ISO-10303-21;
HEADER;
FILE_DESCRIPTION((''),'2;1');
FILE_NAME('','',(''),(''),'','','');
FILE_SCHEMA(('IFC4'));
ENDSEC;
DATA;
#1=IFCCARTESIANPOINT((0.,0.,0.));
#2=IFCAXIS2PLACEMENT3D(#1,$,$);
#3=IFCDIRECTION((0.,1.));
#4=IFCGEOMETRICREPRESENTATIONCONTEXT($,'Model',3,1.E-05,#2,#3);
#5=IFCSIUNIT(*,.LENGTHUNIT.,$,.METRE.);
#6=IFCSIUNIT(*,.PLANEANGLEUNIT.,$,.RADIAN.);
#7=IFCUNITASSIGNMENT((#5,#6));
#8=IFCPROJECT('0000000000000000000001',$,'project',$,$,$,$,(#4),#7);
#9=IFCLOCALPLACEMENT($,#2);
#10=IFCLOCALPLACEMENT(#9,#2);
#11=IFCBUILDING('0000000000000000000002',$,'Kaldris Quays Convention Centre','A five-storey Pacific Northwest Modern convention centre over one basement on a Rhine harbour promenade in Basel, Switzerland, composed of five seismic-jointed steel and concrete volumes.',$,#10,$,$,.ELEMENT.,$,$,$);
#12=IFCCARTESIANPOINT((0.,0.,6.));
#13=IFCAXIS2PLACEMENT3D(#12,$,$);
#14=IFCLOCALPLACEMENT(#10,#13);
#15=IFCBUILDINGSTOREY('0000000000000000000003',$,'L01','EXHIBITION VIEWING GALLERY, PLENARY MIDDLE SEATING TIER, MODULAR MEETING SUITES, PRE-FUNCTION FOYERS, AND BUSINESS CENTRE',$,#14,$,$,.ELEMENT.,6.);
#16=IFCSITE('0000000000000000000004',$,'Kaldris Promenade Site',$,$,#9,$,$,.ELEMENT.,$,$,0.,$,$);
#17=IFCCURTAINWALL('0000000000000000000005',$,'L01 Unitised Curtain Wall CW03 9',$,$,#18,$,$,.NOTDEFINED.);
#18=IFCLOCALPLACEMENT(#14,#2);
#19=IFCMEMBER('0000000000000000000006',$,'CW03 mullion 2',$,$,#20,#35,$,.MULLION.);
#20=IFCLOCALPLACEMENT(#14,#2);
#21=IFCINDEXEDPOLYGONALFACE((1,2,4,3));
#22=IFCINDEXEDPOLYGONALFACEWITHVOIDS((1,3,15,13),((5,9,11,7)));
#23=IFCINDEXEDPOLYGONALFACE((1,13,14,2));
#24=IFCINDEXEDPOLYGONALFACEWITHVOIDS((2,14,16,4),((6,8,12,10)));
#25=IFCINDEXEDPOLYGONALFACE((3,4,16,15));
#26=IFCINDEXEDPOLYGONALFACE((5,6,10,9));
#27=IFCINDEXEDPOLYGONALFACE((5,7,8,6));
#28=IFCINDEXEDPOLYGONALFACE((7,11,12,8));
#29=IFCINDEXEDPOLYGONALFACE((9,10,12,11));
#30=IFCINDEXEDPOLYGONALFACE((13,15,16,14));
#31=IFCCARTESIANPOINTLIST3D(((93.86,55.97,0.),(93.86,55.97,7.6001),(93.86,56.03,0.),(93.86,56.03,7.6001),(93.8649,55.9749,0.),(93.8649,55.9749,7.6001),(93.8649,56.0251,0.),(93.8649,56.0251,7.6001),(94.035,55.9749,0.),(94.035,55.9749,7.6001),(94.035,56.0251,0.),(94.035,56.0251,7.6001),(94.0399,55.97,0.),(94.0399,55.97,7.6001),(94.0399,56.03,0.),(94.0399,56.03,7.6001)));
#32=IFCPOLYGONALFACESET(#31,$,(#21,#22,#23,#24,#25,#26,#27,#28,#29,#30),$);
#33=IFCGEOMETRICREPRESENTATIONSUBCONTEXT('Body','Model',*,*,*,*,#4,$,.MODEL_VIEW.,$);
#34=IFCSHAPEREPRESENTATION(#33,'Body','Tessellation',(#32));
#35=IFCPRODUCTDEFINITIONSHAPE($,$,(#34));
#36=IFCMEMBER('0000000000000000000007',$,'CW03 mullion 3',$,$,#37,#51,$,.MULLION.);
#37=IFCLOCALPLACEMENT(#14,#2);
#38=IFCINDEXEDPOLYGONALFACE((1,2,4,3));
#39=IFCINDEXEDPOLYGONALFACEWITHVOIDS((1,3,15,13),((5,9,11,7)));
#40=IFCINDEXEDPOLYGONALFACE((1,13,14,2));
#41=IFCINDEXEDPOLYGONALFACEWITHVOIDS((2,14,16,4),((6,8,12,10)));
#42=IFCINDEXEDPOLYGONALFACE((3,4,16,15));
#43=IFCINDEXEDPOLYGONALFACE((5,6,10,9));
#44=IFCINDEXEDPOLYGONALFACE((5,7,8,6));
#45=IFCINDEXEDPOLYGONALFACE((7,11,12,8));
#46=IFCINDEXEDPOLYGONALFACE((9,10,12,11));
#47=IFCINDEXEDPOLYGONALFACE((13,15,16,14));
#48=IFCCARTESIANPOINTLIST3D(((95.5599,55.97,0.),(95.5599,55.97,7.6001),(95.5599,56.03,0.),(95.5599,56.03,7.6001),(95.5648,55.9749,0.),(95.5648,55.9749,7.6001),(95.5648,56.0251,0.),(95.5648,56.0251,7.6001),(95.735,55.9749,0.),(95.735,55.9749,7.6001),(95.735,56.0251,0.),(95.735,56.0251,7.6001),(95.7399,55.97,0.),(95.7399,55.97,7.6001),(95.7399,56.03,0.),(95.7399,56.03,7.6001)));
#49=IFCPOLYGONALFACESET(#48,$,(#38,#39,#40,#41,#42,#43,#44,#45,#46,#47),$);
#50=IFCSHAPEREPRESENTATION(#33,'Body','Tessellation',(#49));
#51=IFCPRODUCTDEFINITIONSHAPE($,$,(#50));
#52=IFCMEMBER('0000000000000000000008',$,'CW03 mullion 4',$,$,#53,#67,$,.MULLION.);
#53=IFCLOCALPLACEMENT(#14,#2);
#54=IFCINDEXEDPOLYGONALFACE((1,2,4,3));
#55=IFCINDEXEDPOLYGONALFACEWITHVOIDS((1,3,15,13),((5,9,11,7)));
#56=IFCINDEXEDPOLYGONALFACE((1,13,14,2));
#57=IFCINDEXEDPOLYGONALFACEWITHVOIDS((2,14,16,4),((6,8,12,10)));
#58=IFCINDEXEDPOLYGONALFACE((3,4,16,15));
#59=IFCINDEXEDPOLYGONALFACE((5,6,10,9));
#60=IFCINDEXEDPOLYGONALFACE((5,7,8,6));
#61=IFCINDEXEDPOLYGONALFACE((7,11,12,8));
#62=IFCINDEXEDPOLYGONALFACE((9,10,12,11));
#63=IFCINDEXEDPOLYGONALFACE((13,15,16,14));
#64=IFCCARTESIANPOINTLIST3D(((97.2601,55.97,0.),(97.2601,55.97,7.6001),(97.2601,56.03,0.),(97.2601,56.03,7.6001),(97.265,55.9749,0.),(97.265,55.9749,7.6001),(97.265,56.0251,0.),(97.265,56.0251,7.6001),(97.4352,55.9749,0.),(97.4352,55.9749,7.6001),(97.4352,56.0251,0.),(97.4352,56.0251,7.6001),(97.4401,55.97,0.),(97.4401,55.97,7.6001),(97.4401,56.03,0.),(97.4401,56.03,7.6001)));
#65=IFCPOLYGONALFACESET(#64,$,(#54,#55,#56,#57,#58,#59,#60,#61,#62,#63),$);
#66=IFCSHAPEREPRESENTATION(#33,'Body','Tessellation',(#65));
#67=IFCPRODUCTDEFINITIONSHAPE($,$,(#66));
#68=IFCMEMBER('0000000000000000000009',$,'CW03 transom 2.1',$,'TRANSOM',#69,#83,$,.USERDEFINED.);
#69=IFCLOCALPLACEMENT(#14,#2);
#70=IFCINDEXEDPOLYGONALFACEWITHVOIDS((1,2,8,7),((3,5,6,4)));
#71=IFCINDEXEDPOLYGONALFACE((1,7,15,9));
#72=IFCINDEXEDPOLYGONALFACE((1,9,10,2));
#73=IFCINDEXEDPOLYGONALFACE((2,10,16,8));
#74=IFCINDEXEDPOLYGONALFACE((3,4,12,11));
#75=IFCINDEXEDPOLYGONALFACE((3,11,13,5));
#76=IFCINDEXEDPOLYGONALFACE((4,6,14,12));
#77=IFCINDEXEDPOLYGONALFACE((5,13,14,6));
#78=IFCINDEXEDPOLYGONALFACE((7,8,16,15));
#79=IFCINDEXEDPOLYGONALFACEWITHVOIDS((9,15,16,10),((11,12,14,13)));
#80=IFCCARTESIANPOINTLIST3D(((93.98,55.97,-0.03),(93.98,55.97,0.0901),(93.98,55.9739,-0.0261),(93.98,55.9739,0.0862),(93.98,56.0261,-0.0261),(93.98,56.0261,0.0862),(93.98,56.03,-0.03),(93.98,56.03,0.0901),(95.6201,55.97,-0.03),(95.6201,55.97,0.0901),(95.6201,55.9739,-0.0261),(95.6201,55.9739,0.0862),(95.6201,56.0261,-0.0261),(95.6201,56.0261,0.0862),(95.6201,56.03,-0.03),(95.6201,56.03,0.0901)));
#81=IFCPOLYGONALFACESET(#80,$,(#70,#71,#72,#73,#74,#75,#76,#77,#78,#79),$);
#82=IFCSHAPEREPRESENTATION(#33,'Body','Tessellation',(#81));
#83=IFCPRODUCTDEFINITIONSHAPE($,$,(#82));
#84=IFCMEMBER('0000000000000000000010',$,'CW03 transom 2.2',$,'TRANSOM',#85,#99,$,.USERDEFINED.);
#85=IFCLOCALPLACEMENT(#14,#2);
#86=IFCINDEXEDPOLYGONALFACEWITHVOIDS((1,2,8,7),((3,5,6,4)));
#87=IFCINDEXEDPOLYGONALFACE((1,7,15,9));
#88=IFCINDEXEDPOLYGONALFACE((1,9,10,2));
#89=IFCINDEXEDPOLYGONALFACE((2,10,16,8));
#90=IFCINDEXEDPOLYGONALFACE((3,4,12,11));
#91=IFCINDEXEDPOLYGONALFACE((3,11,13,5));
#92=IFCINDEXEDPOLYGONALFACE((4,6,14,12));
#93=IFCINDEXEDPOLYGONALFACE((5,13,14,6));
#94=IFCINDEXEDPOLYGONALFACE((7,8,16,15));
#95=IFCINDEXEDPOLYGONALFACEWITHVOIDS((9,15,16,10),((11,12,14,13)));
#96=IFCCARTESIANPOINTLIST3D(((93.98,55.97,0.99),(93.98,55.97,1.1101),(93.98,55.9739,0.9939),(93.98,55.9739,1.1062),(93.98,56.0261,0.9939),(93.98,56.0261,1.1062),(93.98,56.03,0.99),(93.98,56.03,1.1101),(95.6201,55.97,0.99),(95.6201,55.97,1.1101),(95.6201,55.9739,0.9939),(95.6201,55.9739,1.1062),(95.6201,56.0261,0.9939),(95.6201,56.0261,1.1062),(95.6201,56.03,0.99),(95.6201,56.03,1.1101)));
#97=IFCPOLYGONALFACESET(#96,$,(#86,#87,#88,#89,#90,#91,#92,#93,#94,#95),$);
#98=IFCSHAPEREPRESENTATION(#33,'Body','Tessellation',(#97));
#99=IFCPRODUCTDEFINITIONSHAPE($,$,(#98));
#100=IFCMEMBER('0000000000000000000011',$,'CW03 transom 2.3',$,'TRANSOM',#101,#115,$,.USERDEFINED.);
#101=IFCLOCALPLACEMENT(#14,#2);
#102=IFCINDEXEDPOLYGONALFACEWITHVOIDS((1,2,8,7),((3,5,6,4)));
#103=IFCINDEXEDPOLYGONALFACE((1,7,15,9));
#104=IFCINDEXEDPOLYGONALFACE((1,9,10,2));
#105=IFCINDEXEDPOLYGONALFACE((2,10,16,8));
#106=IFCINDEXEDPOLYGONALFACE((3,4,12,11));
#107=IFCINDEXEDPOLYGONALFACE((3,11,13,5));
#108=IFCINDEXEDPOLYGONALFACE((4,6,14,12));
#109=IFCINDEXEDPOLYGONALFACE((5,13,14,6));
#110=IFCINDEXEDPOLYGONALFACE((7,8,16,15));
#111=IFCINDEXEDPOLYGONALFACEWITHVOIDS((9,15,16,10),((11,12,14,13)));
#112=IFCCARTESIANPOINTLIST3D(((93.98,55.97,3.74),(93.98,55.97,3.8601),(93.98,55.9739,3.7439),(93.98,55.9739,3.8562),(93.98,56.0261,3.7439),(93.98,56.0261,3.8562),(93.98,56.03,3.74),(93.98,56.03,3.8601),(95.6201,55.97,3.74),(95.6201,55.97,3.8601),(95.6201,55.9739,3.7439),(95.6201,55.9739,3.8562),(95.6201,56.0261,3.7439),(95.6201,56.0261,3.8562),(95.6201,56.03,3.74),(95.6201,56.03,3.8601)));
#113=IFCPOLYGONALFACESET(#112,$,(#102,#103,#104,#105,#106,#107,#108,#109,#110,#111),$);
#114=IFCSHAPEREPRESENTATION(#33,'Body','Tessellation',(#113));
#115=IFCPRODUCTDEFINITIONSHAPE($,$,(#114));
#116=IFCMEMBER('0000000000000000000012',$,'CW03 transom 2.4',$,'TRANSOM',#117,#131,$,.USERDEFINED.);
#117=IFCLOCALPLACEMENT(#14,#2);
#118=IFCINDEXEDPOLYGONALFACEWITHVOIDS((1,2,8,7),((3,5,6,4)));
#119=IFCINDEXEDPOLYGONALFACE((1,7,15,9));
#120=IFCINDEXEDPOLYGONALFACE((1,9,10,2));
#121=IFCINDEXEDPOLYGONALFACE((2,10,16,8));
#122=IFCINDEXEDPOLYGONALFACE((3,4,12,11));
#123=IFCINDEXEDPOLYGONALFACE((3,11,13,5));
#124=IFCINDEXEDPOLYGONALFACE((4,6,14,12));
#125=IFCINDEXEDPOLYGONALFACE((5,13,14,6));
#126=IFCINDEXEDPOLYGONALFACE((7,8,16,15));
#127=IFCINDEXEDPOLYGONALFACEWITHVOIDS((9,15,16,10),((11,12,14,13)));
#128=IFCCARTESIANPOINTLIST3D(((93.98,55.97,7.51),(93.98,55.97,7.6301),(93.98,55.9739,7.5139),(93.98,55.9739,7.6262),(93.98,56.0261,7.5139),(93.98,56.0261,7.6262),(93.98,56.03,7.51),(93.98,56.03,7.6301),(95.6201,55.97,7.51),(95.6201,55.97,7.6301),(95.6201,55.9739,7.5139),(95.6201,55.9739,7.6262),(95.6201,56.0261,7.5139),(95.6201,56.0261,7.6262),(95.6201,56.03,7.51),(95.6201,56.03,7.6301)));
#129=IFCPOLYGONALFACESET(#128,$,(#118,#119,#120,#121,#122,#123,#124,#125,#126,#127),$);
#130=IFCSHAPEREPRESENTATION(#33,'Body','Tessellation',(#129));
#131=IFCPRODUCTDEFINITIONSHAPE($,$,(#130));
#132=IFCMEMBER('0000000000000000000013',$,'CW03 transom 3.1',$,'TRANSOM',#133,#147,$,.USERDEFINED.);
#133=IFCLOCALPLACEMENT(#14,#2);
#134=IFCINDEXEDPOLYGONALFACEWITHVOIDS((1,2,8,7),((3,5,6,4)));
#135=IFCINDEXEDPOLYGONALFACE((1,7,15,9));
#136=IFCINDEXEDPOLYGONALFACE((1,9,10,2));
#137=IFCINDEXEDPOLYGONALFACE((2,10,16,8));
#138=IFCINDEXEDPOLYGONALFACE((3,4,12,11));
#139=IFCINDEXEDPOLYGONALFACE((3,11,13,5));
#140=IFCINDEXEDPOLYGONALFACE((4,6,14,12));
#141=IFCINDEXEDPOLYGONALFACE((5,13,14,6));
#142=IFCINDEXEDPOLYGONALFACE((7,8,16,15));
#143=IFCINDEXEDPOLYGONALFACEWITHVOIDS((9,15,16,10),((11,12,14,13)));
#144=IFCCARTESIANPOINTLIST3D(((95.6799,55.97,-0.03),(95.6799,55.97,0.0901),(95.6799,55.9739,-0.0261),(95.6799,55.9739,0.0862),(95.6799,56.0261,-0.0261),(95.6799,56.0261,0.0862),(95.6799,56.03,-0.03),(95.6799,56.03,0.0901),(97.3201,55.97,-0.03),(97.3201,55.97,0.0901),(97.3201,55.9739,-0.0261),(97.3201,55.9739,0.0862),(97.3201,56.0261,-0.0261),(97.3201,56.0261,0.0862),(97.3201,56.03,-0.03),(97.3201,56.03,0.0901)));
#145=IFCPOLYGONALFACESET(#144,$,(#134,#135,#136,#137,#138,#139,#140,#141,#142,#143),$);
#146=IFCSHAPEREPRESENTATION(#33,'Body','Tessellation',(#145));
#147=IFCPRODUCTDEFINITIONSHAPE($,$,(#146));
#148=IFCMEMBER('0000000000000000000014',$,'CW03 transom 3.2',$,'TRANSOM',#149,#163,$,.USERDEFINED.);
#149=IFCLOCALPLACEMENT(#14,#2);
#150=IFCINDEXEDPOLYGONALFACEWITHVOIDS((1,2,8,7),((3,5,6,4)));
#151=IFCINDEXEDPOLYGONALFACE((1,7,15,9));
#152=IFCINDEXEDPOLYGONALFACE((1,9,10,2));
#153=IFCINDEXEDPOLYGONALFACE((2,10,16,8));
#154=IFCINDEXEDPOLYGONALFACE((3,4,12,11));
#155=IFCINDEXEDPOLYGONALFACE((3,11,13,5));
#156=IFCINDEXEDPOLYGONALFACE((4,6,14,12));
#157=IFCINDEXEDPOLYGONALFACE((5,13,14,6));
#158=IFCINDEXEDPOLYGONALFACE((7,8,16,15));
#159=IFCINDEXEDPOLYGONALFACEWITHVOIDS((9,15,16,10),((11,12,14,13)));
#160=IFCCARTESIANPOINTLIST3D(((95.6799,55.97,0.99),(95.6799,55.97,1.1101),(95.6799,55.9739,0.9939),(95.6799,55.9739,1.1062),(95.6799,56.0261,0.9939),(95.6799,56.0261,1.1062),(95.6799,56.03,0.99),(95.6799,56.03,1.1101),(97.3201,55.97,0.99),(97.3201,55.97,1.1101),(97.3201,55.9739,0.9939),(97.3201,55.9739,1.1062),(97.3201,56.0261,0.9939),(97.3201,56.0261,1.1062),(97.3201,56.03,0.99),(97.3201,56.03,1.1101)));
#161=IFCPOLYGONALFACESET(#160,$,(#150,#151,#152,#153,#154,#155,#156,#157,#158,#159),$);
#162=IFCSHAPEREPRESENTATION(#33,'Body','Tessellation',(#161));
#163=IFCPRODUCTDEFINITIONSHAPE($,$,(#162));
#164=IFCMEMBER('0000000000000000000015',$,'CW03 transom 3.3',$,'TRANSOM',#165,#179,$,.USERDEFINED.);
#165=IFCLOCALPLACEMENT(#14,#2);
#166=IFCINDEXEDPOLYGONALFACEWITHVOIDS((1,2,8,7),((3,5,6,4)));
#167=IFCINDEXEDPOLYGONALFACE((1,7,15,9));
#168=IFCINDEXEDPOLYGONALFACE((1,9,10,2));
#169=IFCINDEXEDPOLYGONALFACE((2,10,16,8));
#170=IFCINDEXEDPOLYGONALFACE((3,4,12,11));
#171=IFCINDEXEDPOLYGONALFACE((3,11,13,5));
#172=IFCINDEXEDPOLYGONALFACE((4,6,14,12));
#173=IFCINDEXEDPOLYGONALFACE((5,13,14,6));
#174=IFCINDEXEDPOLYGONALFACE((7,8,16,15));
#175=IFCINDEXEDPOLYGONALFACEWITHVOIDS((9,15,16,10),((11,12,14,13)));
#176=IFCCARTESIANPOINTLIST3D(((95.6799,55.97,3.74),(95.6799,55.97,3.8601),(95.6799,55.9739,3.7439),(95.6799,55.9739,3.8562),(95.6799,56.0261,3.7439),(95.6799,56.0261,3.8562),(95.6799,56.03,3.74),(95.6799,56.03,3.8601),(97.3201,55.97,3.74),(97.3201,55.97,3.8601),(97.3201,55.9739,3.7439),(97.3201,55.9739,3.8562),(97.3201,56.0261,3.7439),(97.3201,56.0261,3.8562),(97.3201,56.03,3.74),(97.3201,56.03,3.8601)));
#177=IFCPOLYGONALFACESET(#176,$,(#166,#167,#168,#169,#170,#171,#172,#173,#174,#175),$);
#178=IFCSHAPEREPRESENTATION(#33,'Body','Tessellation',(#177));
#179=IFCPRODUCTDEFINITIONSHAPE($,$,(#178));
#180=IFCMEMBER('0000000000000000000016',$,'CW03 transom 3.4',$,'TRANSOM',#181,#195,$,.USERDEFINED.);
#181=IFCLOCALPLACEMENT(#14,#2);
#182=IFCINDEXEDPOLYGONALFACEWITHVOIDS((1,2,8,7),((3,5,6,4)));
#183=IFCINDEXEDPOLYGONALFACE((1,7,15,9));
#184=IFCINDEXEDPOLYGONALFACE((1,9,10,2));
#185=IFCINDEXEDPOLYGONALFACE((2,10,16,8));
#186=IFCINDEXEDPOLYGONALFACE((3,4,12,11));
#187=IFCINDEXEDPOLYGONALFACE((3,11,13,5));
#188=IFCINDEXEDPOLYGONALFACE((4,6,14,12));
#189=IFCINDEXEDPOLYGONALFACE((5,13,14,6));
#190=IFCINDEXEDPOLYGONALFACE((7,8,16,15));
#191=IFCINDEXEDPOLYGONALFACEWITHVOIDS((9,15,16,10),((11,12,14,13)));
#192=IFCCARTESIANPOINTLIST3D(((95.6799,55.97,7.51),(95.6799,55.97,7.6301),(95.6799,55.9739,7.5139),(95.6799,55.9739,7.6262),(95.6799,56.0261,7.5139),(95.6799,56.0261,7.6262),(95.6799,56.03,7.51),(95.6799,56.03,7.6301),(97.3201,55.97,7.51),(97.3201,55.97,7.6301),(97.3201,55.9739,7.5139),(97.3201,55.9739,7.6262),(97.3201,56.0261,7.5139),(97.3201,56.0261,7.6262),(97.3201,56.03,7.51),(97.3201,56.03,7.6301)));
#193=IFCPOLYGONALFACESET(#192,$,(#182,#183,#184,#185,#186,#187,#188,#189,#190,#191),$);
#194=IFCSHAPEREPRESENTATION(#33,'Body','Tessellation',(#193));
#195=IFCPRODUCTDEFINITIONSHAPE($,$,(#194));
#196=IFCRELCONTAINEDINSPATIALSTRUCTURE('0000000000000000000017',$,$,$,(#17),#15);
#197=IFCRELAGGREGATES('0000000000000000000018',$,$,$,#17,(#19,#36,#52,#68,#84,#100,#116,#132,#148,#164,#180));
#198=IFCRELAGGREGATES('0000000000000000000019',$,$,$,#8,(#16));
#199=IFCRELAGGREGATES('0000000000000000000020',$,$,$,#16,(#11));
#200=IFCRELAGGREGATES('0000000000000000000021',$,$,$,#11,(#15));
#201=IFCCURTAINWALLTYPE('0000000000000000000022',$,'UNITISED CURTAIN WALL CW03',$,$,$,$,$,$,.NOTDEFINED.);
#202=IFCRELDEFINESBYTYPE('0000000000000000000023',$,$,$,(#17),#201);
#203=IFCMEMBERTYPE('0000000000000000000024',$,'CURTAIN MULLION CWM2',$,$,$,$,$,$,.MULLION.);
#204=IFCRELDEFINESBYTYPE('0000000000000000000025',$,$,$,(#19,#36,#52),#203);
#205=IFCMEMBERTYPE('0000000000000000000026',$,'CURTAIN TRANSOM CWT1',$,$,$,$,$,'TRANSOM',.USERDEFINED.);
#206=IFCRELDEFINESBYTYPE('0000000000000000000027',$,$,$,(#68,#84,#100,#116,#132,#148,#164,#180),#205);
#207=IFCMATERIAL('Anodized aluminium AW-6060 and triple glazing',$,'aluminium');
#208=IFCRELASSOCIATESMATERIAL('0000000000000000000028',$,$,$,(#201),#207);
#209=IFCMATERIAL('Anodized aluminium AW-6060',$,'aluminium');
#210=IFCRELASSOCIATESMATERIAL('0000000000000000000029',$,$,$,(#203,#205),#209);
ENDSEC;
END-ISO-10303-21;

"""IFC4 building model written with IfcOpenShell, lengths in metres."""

from ifc_helpers import new_model, si_unit, direction, frame, origin, origin_2d, place, context, subcontext, project, spatial, hollow_rectangle, extrude, material, material_profile, profile_set, type_object, element, aggregate, save


model = new_model("IFC4")

# Units and contexts
model_context = context("Model", 3, precision=1e-05, world=origin(), true_north=direction((0.0, 1.0)))
body_context = subcontext(model_context, "Body", "Model", "MODEL_VIEW")
ifc_project = project(units=[si_unit("LENGTHUNIT", "METRE"), si_unit("PLANEANGLEUNIT", "RADIAN")], contexts=[model_context])

# Site, building, storey
site_placement = place(None, origin())
site = spatial("IfcSite", under=ifc_project, at=site_placement, Name="Kaldris Promenade Site", CompositionType="ELEMENT", RefElevation=0.0)
building_placement = place(site_placement, origin())
building = spatial("IfcBuilding", under=site, at=building_placement, Name="Kaldris Quays Convention Centre", Description="A five-storey Pacific Northwest Modern convention centre over one basement on a Rhine harbour promenade in Basel, Switzerland, composed of five seismic-jointed steel and concrete volumes.", CompositionType="ELEMENT")
storey_placement = place(building_placement, frame((0.0, 0.0, 6.0)))
storey = spatial("IfcBuildingStorey", under=building, at=storey_placement, Name="L01", Description="EXHIBITION VIEWING GALLERY, PLENARY MIDDLE SEATING TIER, MODULAR MEETING SUITES, PRE-FUNCTION FOYERS, AND BUSINESS CENTRE", CompositionType="ELEMENT", Elevation=6.0)

# Curtain wall, members
ifc_material_1 = material(Name="Anodized aluminium AW-6060 and triple glazing", Category="aluminium")
curtain_wall_type = type_object("IfcCurtainWallType", Name="UNITISED CURTAIN WALL CW03", PredefinedType="NOTDEFINED", material=ifc_material_1)
curtain_wall_placement = place(storey_placement, origin())
curtain_wall = element("IfcCurtainWall", 1, at=curtain_wall_placement, inside=storey, type_object=curtain_wall_type, Name="L01 Unitised Curtain Wall CW03 9", PredefinedType="NOTDEFINED")
ifc_material_2 = material(Name="Anodized aluminium AW-6060", Category="aluminium")
ifc_material_profile_1 = material_profile(ifc_material_2, hollow_rectangle(XDim=0.0601, YDim=0.1799, WallThickness=0.0049, at=origin_2d()), Name="RHS 180x60x5")
ifc_profile_set_1 = profile_set([ifc_material_profile_1], Name="Anodized aluminium AW-6060")
member_type_1 = type_object("IfcMemberType", Name="CURTAIN MULLION CWM2", PredefinedType="MULLION", material=ifc_profile_set_1)
member_1_placement = place(storey_placement, frame((93.95, 56.0, 0.0), z_axis=(0.0, 0.0, 1.0), x_axis=(0.0, 1.0, 0.0)))
member_1 = element("IfcMember", 2, at=member_1_placement, type_object=member_type_1, Name="CW03 mullion 2", PredefinedType="MULLION", context=body_context, shape_type="SweptSolid", body=[
    extrude(hollow_rectangle(XDim=0.0601, YDim=0.1799, WallThickness=0.0049, at=origin_2d()), origin(), (0.0, 0.0, 1.0), 7.6001),
])
member_2_placement = place(storey_placement, frame((95.6499, 56.0, 0.0), z_axis=(0.0, 0.0, 1.0), x_axis=(0.0, 1.0, 0.0)))
member_2 = element("IfcMember", 3, at=member_2_placement, type_object=member_type_1, Name="CW03 mullion 3", PredefinedType="MULLION", context=body_context, shape_type="SweptSolid", body=[
    extrude(hollow_rectangle(XDim=0.0601, YDim=0.1799, WallThickness=0.0049, at=origin_2d()), origin(), (0.0, 0.0, 1.0), 7.6001),
])
member_3_placement = place(storey_placement, frame((97.3501, 56.0, 0.0), z_axis=(0.0, 0.0, 1.0), x_axis=(0.0, 1.0, 0.0)))
member_3 = element("IfcMember", 4, at=member_3_placement, type_object=member_type_1, Name="CW03 mullion 4", PredefinedType="MULLION", context=body_context, shape_type="SweptSolid", body=[
    extrude(hollow_rectangle(XDim=0.0601, YDim=0.1799, WallThickness=0.0049, at=origin_2d()), origin(), (0.0, 0.0, 1.0), 7.6001),
])
ifc_material_profile_2 = material_profile(ifc_material_2, hollow_rectangle(XDim=0.0601, YDim=0.1201, WallThickness=0.0039, at=origin_2d()), Name="RHS 120x60x4")
ifc_profile_set_2 = profile_set([ifc_material_profile_2], Name="Anodized aluminium AW-6060")
member_type_2 = type_object("IfcMemberType", Name="CURTAIN TRANSOM CWT1", ElementType="TRANSOM", PredefinedType="USERDEFINED", material=ifc_profile_set_2)
member_4_placement = place(storey_placement, frame((93.98, 56.0, 0.03), z_axis=(1.0, 0.0, 0.0), x_axis=(0.0, 1.0, 0.0)))
member_4 = element("IfcMember", 5, at=member_4_placement, type_object=member_type_2, Name="CW03 transom 2.1", ObjectType="TRANSOM", PredefinedType="USERDEFINED", context=body_context, shape_type="SweptSolid", body=[
    extrude(hollow_rectangle(XDim=0.0601, YDim=0.1201, WallThickness=0.0039, at=origin_2d()), origin(), (0.0, 0.0, 1.0), 1.6401),
])
member_5_placement = place(storey_placement, frame((93.98, 56.0, 1.05), z_axis=(1.0, 0.0, 0.0), x_axis=(0.0, 1.0, 0.0)))
member_5 = element("IfcMember", 6, at=member_5_placement, type_object=member_type_2, Name="CW03 transom 2.2", ObjectType="TRANSOM", PredefinedType="USERDEFINED", context=body_context, shape_type="SweptSolid", body=[
    extrude(hollow_rectangle(XDim=0.0601, YDim=0.1201, WallThickness=0.0039, at=origin_2d()), origin(), (0.0, 0.0, 1.0), 1.6401),
])
member_6_placement = place(storey_placement, frame((93.98, 56.0, 3.8), z_axis=(1.0, 0.0, 0.0), x_axis=(0.0, 1.0, 0.0)))
member_6 = element("IfcMember", 7, at=member_6_placement, type_object=member_type_2, Name="CW03 transom 2.3", ObjectType="TRANSOM", PredefinedType="USERDEFINED", context=body_context, shape_type="SweptSolid", body=[
    extrude(hollow_rectangle(XDim=0.0601, YDim=0.1201, WallThickness=0.0039, at=origin_2d()), origin(), (0.0, 0.0, 1.0), 1.6401),
])
member_7_placement = place(storey_placement, frame((93.98, 56.0, 7.5701), z_axis=(1.0, 0.0, 0.0), x_axis=(0.0, 1.0, 0.0)))
member_7 = element("IfcMember", 8, at=member_7_placement, type_object=member_type_2, Name="CW03 transom 2.4", ObjectType="TRANSOM", PredefinedType="USERDEFINED", context=body_context, shape_type="SweptSolid", body=[
    extrude(hollow_rectangle(XDim=0.0601, YDim=0.1201, WallThickness=0.0039, at=origin_2d()), origin(), (0.0, 0.0, 1.0), 1.6401),
])
member_8_placement = place(storey_placement, frame((95.6799, 56.0, 0.03), z_axis=(1.0, 0.0, 0.0), x_axis=(0.0, 1.0, 0.0)))
member_8 = element("IfcMember", 9, at=member_8_placement, type_object=member_type_2, Name="CW03 transom 3.1", ObjectType="TRANSOM", PredefinedType="USERDEFINED", context=body_context, shape_type="SweptSolid", body=[
    extrude(hollow_rectangle(XDim=0.0601, YDim=0.1201, WallThickness=0.0039, at=origin_2d()), origin(), (0.0, 0.0, 1.0), 1.6401),
])
member_9_placement = place(storey_placement, frame((95.6799, 56.0, 1.05), z_axis=(1.0, 0.0, 0.0), x_axis=(0.0, 1.0, 0.0)))
member_9 = element("IfcMember", 10, at=member_9_placement, type_object=member_type_2, Name="CW03 transom 3.2", ObjectType="TRANSOM", PredefinedType="USERDEFINED", context=body_context, shape_type="SweptSolid", body=[
    extrude(hollow_rectangle(XDim=0.0601, YDim=0.1201, WallThickness=0.0039, at=origin_2d()), origin(), (0.0, 0.0, 1.0), 1.6401),
])
member_10_placement = place(storey_placement, frame((95.6799, 56.0, 3.8), z_axis=(1.0, 0.0, 0.0), x_axis=(0.0, 1.0, 0.0)))
member_10 = element("IfcMember", 11, at=member_10_placement, type_object=member_type_2, Name="CW03 transom 3.3", ObjectType="TRANSOM", PredefinedType="USERDEFINED", context=body_context, shape_type="SweptSolid", body=[
    extrude(hollow_rectangle(XDim=0.0601, YDim=0.1201, WallThickness=0.0039, at=origin_2d()), origin(), (0.0, 0.0, 1.0), 1.6401),
])
member_11_placement = place(storey_placement, frame((95.6799, 56.0, 7.5701), z_axis=(1.0, 0.0, 0.0), x_axis=(0.0, 1.0, 0.0)))
member_11 = element("IfcMember", 12, at=member_11_placement, type_object=member_type_2, Name="CW03 transom 3.4", ObjectType="TRANSOM", PredefinedType="USERDEFINED", context=body_context, shape_type="SweptSolid", body=[
    extrude(hollow_rectangle(XDim=0.0601, YDim=0.1201, WallThickness=0.0039, at=origin_2d()), origin(), (0.0, 0.0, 1.0), 1.6401),
])
aggregate(curtain_wall, [member_1, member_2, member_3, member_4, member_5, member_6, member_7, member_8, member_9, member_10, member_11])

save(model, "model.ifc")
